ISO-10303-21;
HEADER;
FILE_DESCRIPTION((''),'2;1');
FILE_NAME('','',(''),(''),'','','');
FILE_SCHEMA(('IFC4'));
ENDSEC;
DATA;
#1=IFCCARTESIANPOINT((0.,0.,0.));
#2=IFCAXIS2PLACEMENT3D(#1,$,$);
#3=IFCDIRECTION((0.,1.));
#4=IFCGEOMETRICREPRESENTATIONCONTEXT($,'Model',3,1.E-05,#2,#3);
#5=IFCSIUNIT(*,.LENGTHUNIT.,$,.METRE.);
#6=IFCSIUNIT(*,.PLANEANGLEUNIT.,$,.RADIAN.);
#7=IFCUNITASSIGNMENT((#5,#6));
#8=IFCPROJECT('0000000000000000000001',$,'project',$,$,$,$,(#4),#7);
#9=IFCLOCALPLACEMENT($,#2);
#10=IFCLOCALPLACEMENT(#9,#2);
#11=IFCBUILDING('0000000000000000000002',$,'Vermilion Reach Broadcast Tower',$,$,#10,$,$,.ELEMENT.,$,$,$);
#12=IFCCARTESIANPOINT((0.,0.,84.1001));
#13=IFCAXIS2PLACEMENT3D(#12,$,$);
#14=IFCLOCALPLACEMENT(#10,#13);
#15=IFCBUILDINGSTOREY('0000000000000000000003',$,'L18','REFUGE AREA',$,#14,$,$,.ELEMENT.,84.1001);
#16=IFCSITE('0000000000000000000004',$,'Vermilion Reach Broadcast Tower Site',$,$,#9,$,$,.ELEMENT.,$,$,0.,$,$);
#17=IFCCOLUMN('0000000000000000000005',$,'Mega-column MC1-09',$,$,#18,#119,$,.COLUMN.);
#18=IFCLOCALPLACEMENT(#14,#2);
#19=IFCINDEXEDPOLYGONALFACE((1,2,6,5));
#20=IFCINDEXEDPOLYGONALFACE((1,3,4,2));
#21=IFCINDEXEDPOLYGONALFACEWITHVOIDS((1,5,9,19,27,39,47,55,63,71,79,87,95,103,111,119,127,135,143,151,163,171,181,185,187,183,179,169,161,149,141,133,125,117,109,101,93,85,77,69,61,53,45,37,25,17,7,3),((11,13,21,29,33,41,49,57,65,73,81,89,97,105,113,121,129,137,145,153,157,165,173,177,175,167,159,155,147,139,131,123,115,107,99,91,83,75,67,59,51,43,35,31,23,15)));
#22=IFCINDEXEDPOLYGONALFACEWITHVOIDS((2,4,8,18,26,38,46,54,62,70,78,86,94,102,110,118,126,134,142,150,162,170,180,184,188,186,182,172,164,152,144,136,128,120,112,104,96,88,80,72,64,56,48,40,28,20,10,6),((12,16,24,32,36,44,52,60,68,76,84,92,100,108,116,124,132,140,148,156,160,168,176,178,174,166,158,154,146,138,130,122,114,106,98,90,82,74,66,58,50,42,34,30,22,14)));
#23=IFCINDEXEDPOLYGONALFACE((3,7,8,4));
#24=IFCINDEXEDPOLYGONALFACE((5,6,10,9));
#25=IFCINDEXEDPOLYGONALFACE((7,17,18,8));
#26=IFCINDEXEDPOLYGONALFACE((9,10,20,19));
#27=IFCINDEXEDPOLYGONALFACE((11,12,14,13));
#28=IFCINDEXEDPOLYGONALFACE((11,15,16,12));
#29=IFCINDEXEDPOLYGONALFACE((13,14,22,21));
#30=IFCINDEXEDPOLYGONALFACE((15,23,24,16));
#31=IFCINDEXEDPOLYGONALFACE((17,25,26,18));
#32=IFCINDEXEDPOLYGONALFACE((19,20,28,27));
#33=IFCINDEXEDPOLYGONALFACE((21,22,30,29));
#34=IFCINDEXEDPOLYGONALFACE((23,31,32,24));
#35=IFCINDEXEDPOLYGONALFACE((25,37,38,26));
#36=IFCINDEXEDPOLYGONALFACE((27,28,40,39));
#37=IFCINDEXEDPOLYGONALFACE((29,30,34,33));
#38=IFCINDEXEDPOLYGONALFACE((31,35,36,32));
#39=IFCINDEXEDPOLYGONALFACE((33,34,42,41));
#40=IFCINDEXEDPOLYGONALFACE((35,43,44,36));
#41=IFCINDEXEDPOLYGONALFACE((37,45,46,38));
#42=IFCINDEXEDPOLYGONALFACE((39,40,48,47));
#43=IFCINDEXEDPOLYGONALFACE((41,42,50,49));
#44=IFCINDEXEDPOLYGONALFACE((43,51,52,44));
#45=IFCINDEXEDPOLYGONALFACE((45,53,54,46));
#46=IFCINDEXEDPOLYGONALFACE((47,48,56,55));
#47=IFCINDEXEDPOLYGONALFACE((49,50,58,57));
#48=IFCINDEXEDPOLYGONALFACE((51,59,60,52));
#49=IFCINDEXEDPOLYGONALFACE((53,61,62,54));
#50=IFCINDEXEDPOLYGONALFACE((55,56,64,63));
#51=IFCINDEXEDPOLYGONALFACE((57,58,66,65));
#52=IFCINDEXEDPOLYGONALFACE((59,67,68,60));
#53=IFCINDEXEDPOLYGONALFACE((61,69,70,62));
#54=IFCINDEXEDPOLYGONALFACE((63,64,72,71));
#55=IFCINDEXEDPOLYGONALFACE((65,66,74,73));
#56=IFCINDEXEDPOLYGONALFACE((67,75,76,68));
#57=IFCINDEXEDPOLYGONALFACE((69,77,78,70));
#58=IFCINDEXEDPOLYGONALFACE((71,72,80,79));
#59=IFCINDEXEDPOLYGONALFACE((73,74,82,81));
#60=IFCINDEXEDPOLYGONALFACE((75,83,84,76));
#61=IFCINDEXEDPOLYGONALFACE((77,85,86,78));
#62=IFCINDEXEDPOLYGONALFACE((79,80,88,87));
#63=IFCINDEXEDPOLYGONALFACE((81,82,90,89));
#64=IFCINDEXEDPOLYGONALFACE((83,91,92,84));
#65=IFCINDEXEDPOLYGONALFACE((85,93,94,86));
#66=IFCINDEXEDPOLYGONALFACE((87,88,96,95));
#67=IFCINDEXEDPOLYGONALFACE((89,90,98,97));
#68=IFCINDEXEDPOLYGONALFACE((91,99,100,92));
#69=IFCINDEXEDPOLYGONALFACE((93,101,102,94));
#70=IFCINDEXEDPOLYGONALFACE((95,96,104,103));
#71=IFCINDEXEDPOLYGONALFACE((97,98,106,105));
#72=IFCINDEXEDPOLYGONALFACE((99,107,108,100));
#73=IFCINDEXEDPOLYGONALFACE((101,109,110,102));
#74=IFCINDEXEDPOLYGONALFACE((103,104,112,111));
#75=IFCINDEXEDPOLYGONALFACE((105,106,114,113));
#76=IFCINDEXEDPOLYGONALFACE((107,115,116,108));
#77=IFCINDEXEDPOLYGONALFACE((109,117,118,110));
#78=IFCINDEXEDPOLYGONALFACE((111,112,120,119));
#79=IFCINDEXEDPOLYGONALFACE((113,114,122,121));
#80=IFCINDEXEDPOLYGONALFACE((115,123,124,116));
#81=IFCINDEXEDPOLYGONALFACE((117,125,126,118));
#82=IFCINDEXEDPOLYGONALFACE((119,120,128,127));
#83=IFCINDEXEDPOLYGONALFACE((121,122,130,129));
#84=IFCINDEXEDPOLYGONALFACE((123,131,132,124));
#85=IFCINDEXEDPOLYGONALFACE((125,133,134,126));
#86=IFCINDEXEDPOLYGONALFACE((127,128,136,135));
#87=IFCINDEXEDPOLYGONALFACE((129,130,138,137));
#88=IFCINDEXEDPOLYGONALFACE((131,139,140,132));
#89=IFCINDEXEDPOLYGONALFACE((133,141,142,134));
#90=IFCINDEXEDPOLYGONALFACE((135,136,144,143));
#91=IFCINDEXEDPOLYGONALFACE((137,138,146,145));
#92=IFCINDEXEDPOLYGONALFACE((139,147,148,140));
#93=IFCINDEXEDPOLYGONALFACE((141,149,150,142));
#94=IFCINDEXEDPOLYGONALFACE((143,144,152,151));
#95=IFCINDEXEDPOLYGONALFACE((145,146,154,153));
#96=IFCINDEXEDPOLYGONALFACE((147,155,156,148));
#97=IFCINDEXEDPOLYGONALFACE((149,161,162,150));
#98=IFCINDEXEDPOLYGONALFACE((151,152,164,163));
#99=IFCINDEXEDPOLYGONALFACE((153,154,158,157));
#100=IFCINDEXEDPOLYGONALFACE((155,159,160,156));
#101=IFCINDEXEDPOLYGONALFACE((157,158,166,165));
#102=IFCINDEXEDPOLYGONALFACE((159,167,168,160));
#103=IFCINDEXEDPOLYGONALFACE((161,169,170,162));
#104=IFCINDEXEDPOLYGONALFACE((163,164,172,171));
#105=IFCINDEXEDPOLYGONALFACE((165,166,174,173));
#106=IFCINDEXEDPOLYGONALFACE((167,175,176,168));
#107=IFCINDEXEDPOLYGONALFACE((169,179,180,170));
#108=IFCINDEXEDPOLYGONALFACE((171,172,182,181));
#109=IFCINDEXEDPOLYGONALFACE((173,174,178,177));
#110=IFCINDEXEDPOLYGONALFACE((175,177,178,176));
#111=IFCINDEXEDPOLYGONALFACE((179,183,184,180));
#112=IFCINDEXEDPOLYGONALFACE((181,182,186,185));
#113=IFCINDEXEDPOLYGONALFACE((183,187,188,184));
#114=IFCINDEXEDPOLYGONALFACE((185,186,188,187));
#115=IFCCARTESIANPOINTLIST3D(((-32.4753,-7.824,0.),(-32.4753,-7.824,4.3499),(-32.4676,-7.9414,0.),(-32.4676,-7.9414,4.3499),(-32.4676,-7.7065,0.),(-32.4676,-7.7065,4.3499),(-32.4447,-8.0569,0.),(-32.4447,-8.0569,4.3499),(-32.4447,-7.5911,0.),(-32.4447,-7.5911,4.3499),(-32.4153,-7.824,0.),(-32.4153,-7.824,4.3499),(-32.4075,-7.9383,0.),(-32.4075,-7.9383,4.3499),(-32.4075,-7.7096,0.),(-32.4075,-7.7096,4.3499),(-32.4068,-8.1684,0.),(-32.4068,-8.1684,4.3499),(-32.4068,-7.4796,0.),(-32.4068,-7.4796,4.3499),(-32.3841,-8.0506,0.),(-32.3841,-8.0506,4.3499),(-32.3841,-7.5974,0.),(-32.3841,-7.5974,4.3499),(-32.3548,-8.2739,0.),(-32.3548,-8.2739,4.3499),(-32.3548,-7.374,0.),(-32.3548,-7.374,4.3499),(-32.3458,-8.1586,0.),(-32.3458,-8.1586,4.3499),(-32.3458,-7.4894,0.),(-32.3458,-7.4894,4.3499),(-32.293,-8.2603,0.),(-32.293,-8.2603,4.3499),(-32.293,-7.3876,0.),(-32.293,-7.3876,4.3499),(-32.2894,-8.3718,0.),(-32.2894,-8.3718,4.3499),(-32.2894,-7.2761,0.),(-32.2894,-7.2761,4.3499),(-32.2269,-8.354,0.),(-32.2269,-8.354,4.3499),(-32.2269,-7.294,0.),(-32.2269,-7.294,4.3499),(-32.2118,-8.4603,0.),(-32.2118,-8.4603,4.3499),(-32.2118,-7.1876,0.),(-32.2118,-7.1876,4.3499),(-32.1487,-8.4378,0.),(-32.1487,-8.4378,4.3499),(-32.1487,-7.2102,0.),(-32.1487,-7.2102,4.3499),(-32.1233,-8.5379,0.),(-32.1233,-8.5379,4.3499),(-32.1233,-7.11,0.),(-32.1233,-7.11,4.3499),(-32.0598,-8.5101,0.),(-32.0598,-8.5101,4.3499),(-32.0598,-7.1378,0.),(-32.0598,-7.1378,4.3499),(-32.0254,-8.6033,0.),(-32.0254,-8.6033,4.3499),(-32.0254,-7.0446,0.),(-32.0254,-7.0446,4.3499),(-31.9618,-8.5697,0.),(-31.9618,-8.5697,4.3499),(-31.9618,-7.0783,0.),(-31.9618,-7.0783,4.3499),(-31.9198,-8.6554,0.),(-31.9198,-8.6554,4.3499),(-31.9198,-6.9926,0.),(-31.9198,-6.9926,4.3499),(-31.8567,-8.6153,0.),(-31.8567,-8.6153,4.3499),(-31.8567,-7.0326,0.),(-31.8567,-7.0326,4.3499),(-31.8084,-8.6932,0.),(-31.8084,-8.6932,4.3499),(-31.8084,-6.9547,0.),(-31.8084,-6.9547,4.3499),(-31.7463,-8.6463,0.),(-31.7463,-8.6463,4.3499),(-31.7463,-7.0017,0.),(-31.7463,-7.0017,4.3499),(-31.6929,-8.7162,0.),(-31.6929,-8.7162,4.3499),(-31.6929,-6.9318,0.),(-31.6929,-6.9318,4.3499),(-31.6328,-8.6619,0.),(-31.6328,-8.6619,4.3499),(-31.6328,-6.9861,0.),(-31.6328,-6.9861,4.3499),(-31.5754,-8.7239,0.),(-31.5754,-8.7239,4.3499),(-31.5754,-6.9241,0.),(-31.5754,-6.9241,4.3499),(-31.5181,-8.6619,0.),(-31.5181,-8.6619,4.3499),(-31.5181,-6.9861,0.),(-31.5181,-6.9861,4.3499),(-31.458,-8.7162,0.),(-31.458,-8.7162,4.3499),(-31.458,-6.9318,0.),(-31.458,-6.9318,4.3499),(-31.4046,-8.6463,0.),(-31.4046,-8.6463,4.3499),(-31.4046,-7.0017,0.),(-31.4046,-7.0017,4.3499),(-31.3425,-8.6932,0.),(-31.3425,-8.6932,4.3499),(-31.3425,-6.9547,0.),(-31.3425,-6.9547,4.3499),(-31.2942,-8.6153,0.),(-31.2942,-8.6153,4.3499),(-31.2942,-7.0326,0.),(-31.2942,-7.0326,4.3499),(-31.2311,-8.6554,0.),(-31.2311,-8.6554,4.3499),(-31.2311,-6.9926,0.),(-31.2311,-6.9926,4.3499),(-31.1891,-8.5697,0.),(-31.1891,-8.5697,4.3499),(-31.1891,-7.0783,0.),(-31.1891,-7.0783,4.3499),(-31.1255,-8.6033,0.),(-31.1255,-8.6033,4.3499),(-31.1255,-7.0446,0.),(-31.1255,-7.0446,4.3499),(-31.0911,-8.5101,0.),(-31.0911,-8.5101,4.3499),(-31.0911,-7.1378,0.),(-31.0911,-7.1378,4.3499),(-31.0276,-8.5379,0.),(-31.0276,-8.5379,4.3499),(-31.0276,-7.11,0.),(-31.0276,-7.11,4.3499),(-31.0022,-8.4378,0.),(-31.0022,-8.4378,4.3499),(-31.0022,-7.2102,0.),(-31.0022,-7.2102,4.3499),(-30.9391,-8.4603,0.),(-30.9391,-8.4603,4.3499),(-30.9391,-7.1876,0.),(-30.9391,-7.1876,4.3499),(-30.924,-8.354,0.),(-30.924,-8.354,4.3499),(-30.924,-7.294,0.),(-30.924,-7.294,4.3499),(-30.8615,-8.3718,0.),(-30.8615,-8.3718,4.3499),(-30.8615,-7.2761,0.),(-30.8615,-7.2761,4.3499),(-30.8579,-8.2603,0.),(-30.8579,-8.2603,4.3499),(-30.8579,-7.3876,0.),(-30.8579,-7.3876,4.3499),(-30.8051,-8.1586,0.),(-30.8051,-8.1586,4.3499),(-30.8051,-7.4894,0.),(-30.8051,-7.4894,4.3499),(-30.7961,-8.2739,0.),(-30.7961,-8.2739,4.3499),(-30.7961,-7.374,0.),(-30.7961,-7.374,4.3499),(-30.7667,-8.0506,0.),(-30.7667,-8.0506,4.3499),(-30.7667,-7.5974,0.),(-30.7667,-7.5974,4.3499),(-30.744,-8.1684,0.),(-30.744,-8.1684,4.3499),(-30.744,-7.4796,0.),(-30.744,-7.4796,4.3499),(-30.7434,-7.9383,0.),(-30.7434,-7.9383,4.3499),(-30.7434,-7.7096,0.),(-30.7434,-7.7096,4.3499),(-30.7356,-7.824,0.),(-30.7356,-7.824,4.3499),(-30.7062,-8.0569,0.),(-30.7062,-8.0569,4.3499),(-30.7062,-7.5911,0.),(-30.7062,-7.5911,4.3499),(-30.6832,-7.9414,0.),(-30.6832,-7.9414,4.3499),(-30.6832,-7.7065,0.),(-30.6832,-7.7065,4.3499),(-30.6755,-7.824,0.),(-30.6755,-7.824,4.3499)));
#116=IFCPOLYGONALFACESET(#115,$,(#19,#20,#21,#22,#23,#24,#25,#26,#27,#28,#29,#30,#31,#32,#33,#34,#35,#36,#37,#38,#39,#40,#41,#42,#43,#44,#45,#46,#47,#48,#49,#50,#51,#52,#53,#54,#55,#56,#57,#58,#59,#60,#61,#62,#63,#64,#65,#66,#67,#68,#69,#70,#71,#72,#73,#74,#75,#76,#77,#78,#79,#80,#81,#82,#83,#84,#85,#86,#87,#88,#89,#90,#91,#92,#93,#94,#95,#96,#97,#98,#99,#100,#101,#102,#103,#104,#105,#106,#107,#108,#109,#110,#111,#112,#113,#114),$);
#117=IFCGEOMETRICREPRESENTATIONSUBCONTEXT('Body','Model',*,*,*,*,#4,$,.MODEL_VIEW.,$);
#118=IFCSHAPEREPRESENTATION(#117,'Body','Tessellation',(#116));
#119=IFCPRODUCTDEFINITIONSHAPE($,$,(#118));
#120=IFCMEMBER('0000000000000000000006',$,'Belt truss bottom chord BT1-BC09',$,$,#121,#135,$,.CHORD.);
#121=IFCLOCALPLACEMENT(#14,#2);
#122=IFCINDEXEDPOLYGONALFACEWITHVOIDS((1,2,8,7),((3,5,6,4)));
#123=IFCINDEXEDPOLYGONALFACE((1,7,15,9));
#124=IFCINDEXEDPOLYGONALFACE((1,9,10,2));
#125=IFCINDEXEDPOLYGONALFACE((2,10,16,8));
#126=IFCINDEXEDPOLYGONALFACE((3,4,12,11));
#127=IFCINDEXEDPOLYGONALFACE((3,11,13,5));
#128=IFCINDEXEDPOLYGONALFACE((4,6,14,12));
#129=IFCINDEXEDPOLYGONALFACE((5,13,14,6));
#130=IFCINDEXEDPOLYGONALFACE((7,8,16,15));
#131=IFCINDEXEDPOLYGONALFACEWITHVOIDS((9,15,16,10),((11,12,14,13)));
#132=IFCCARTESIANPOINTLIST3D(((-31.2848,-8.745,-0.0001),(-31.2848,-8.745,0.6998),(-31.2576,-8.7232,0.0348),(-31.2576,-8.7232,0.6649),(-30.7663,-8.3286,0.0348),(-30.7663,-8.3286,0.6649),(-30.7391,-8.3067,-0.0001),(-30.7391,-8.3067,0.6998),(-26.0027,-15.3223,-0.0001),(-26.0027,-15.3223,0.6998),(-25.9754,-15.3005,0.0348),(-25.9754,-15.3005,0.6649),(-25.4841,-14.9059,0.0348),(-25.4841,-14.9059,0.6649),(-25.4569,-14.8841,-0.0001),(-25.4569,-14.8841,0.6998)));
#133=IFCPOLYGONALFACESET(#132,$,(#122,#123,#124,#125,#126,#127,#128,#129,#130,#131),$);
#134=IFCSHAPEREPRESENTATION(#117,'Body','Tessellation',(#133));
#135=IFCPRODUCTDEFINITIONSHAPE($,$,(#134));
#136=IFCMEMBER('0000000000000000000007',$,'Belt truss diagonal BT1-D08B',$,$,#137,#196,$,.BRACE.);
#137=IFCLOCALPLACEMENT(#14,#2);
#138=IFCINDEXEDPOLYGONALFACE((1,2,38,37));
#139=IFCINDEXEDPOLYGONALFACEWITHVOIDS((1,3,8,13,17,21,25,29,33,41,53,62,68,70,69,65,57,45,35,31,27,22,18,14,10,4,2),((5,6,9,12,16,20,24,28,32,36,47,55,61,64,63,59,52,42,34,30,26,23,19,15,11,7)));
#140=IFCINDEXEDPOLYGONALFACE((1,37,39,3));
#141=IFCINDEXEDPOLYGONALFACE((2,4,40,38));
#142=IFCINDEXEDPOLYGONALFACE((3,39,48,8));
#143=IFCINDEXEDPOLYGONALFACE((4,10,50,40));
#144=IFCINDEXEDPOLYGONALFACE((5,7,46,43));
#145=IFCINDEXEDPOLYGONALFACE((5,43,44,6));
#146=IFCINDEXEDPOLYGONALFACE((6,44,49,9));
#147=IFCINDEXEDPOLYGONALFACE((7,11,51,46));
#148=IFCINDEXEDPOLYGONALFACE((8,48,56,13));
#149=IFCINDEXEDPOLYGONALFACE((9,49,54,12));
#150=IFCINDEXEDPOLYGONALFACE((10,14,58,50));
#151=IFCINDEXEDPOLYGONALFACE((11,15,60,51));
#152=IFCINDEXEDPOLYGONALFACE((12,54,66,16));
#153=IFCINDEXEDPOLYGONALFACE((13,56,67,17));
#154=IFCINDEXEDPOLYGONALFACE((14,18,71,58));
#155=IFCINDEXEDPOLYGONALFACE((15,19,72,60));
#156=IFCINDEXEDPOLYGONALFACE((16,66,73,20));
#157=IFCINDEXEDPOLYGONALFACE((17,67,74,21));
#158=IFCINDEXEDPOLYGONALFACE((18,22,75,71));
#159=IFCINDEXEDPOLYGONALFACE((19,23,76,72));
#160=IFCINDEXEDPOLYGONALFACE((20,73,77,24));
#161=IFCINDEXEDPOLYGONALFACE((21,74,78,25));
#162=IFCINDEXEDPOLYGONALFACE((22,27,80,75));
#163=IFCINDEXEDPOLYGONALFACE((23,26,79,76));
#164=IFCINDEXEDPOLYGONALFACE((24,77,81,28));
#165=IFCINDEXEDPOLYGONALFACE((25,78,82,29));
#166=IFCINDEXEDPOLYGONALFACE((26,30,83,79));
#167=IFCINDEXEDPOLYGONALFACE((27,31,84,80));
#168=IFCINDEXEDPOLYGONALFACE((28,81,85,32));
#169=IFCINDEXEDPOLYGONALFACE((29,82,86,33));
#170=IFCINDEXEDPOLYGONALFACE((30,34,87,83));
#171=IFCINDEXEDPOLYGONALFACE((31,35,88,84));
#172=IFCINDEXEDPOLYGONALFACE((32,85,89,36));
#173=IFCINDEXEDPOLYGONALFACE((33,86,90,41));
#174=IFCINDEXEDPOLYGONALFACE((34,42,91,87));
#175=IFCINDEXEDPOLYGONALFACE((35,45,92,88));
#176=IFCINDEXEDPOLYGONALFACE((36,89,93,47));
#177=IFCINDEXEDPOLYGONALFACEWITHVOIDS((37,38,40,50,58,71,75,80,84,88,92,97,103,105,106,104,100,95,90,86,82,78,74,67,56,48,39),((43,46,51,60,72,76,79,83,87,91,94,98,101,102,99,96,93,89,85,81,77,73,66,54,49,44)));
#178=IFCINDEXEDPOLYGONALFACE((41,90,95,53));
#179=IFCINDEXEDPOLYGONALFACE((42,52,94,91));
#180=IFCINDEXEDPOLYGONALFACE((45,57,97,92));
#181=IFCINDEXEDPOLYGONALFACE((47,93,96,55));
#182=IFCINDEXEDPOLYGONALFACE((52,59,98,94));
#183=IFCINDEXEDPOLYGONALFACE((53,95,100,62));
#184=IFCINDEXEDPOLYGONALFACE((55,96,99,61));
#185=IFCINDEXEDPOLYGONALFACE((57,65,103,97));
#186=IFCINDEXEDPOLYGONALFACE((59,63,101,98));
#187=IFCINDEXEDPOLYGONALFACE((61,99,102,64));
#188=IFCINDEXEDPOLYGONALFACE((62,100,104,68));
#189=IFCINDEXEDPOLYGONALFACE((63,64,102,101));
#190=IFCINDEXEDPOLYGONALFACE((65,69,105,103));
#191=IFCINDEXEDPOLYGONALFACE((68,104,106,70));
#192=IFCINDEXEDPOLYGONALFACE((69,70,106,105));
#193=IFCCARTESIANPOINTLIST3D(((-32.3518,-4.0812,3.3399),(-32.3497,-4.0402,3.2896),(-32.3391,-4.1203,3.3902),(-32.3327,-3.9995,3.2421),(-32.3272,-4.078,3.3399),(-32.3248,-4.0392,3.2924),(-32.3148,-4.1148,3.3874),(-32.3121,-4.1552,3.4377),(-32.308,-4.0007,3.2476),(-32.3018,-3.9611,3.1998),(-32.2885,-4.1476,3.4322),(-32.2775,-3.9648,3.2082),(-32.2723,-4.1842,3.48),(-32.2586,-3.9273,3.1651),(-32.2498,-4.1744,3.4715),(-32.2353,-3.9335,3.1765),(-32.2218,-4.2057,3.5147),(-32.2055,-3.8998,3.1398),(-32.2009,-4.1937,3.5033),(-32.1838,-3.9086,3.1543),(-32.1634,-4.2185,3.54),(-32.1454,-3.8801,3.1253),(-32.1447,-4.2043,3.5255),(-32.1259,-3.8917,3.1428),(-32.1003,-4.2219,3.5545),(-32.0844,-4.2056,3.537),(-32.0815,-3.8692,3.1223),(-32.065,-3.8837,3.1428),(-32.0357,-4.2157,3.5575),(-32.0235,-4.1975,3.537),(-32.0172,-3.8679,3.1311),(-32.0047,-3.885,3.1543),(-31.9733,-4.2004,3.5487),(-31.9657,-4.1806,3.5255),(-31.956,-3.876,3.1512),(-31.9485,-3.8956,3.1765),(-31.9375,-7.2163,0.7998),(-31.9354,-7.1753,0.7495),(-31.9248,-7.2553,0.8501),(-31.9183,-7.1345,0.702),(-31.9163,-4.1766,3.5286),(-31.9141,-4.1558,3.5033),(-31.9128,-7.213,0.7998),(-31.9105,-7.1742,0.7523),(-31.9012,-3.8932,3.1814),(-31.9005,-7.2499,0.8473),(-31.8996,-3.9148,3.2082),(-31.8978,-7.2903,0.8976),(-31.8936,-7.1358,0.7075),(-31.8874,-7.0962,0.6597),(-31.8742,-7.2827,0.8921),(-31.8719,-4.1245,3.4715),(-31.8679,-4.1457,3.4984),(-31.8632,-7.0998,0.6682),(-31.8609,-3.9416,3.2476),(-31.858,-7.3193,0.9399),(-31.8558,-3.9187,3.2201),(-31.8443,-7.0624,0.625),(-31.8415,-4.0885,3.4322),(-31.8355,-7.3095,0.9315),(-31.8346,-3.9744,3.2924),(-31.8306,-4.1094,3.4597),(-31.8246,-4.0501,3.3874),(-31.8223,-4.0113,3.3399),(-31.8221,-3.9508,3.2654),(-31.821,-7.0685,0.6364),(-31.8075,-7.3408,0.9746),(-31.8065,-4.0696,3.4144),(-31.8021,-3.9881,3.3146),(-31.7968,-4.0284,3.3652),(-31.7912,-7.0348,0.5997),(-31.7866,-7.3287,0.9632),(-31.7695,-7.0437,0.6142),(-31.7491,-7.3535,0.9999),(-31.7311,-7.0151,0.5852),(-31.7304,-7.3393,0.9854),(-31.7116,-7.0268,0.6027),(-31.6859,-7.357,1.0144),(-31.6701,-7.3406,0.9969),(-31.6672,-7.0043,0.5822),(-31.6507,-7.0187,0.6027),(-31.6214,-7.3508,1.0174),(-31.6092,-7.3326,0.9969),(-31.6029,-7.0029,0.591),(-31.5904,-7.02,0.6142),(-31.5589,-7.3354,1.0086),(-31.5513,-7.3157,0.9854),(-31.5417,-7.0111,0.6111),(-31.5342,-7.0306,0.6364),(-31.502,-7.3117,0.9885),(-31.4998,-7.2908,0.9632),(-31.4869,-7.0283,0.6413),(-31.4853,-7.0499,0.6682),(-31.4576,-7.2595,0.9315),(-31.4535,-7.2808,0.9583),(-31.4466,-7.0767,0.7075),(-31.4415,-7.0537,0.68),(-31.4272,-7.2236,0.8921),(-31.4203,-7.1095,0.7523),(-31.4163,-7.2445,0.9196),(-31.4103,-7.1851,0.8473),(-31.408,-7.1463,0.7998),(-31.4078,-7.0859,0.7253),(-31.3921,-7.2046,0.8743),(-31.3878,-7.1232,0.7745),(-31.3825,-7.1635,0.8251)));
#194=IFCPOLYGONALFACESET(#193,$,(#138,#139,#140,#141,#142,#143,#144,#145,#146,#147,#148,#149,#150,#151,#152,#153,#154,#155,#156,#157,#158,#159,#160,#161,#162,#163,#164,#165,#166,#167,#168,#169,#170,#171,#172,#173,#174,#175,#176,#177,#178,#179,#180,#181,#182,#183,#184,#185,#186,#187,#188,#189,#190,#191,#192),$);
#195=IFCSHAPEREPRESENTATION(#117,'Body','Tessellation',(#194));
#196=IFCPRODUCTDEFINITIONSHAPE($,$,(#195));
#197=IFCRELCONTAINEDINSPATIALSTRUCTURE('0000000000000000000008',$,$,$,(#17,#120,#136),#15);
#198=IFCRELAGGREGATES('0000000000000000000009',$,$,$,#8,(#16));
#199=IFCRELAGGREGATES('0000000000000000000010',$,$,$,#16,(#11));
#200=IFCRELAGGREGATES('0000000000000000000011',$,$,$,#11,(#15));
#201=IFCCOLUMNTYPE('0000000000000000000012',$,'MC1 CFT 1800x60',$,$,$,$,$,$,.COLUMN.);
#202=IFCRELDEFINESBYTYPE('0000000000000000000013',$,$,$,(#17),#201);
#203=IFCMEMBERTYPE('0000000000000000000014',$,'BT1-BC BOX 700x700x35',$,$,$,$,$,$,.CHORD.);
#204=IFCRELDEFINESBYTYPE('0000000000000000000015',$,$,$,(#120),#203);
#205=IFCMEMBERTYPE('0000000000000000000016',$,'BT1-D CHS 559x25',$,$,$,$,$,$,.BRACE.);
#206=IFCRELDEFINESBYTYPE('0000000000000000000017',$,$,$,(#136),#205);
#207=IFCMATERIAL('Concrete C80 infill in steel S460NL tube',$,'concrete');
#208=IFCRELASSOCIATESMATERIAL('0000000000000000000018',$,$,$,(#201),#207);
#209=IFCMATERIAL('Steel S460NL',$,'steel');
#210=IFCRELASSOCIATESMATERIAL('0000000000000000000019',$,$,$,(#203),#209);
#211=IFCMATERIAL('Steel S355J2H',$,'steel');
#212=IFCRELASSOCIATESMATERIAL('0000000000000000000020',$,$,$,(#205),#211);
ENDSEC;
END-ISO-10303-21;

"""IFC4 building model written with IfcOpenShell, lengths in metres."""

from ifc_helpers import new_model, si_unit, direction, frame, origin, origin_2d, place, context, subcontext, project, spatial, hollow_rectangle, hollow_circle, extrude, material, material_profile, profile_set, type_object, element, save


model = new_model("IFC4")

# Units and contexts
model_context = context("Model", 3, precision=1e-05, world=origin(), true_north=direction((0.0, 1.0)))
body_context = subcontext(model_context, "Body", "Model", "MODEL_VIEW")
ifc_project = project(units=[si_unit("LENGTHUNIT", "METRE"), si_unit("PLANEANGLEUNIT", "RADIAN")], contexts=[model_context])

# Site, building, storey
site_placement = place(None, origin())
site = spatial("IfcSite", under=ifc_project, at=site_placement, Name="Vermilion Reach Broadcast Tower Site", CompositionType="ELEMENT", RefElevation=0.0)
building_placement = place(site_placement, origin())
building = spatial("IfcBuilding", under=site, at=building_placement, Name="Vermilion Reach Broadcast Tower", CompositionType="ELEMENT")
storey_placement = place(building_placement, frame((0.0, 0.0, 84.1001)))
storey = spatial("IfcBuildingStorey", under=building, at=storey_placement, Name="L18", Description="REFUGE AREA", CompositionType="ELEMENT", Elevation=84.1001)

# Column
ifc_material_1 = material(Name="Concrete C80 infill in steel S460NL tube", Category="concrete")
ifc_material_profile_1 = material_profile(ifc_material_1, hollow_circle(Radius=0.8999, WallThickness=0.0601, at=origin_2d()), Name="Concrete C80 infill in steel S460NL tube CFT 1800x60")
ifc_profile_set_1 = profile_set([ifc_material_profile_1], Name="Concrete C80 infill in steel S460NL tube")
column_type = type_object("IfcColumnType", Name="MC1 CFT 1800x60", PredefinedType="COLUMN", material=ifc_profile_set_1)
column_placement = place(storey_placement, frame((-31.5754, -7.824, 0.0), z_axis=(0.0, 0.0, 1.0), x_axis=(1.0, 0.0, 0.0)))
element("IfcColumn", 1, at=column_placement, inside=storey, type_object=column_type, Name="Mega-column MC1-09", PredefinedType="COLUMN", context=body_context, shape_type="SweptSolid", body=[
    extrude(hollow_circle(Radius=0.8999, WallThickness=0.0601, at=origin_2d()), origin(), (0.0, 0.0, 1.0), 4.3499),
])

# Members
ifc_material_2 = material(Name="Steel S460NL", Category="steel")
ifc_material_profile_2 = material_profile(ifc_material_2, hollow_rectangle(XDim=0.7, YDim=0.7, WallThickness=0.0349, at=origin_2d()), Name="S460NL BOX 700x700x35")
ifc_profile_set_2 = profile_set([ifc_material_profile_2], Name="Steel S460NL")
member_type_1 = type_object("IfcMemberType", Name="BT1-BC BOX 700x700x35", PredefinedType="CHORD", material=ifc_profile_set_2)
member_1_placement = place(storey_placement, frame((-31.012, -8.5259, 0.3499), z_axis=(0.626162, -0.779693, 0.0), x_axis=(0.779693, 0.626162, 0.0)))
element("IfcMember", 2, at=member_1_placement, inside=storey, type_object=member_type_1, Name="Belt truss bottom chord BT1-BC09", PredefinedType="CHORD", context=body_context, shape_type="SweptSolid", body=[
    extrude(hollow_rectangle(XDim=0.7, YDim=0.7, WallThickness=0.0349, at=origin_2d()), origin(), (0.0, 0.0, 1.0), 8.4358),
])
ifc_material_3 = material(Name="Steel S355J2H", Category="steel")
ifc_material_profile_3 = material_profile(ifc_material_3, hollow_circle(Radius=0.2795, WallThickness=0.0249, at=origin_2d()), Name="S355J2H CHS 559x25")
ifc_profile_set_3 = profile_set([ifc_material_profile_3], Name="Steel S355J2H")
member_type_2 = type_object("IfcMemberType", Name="BT1-D CHS 559x25", PredefinedType="BRACE", material=ifc_profile_set_3)
member_2_placement = place(storey_placement, frame((-31.6604, -7.1797, 0.7998), z_axis=(-0.102145, 0.772917, 0.626231), x_axis=(-0.99138, -0.131016, 0.0)))
element("IfcMember", 3, at=member_2_placement, inside=storey, type_object=member_type_2, Name="Belt truss diagonal BT1-D08B", PredefinedType="BRACE", context=body_context, shape_type="SweptSolid", body=[
    extrude(hollow_circle(Radius=0.2795, WallThickness=0.0249, at=origin_2d()), origin(), (0.0, 0.0, 1.0), 4.0562),
])

save(model, "model.ifc")
